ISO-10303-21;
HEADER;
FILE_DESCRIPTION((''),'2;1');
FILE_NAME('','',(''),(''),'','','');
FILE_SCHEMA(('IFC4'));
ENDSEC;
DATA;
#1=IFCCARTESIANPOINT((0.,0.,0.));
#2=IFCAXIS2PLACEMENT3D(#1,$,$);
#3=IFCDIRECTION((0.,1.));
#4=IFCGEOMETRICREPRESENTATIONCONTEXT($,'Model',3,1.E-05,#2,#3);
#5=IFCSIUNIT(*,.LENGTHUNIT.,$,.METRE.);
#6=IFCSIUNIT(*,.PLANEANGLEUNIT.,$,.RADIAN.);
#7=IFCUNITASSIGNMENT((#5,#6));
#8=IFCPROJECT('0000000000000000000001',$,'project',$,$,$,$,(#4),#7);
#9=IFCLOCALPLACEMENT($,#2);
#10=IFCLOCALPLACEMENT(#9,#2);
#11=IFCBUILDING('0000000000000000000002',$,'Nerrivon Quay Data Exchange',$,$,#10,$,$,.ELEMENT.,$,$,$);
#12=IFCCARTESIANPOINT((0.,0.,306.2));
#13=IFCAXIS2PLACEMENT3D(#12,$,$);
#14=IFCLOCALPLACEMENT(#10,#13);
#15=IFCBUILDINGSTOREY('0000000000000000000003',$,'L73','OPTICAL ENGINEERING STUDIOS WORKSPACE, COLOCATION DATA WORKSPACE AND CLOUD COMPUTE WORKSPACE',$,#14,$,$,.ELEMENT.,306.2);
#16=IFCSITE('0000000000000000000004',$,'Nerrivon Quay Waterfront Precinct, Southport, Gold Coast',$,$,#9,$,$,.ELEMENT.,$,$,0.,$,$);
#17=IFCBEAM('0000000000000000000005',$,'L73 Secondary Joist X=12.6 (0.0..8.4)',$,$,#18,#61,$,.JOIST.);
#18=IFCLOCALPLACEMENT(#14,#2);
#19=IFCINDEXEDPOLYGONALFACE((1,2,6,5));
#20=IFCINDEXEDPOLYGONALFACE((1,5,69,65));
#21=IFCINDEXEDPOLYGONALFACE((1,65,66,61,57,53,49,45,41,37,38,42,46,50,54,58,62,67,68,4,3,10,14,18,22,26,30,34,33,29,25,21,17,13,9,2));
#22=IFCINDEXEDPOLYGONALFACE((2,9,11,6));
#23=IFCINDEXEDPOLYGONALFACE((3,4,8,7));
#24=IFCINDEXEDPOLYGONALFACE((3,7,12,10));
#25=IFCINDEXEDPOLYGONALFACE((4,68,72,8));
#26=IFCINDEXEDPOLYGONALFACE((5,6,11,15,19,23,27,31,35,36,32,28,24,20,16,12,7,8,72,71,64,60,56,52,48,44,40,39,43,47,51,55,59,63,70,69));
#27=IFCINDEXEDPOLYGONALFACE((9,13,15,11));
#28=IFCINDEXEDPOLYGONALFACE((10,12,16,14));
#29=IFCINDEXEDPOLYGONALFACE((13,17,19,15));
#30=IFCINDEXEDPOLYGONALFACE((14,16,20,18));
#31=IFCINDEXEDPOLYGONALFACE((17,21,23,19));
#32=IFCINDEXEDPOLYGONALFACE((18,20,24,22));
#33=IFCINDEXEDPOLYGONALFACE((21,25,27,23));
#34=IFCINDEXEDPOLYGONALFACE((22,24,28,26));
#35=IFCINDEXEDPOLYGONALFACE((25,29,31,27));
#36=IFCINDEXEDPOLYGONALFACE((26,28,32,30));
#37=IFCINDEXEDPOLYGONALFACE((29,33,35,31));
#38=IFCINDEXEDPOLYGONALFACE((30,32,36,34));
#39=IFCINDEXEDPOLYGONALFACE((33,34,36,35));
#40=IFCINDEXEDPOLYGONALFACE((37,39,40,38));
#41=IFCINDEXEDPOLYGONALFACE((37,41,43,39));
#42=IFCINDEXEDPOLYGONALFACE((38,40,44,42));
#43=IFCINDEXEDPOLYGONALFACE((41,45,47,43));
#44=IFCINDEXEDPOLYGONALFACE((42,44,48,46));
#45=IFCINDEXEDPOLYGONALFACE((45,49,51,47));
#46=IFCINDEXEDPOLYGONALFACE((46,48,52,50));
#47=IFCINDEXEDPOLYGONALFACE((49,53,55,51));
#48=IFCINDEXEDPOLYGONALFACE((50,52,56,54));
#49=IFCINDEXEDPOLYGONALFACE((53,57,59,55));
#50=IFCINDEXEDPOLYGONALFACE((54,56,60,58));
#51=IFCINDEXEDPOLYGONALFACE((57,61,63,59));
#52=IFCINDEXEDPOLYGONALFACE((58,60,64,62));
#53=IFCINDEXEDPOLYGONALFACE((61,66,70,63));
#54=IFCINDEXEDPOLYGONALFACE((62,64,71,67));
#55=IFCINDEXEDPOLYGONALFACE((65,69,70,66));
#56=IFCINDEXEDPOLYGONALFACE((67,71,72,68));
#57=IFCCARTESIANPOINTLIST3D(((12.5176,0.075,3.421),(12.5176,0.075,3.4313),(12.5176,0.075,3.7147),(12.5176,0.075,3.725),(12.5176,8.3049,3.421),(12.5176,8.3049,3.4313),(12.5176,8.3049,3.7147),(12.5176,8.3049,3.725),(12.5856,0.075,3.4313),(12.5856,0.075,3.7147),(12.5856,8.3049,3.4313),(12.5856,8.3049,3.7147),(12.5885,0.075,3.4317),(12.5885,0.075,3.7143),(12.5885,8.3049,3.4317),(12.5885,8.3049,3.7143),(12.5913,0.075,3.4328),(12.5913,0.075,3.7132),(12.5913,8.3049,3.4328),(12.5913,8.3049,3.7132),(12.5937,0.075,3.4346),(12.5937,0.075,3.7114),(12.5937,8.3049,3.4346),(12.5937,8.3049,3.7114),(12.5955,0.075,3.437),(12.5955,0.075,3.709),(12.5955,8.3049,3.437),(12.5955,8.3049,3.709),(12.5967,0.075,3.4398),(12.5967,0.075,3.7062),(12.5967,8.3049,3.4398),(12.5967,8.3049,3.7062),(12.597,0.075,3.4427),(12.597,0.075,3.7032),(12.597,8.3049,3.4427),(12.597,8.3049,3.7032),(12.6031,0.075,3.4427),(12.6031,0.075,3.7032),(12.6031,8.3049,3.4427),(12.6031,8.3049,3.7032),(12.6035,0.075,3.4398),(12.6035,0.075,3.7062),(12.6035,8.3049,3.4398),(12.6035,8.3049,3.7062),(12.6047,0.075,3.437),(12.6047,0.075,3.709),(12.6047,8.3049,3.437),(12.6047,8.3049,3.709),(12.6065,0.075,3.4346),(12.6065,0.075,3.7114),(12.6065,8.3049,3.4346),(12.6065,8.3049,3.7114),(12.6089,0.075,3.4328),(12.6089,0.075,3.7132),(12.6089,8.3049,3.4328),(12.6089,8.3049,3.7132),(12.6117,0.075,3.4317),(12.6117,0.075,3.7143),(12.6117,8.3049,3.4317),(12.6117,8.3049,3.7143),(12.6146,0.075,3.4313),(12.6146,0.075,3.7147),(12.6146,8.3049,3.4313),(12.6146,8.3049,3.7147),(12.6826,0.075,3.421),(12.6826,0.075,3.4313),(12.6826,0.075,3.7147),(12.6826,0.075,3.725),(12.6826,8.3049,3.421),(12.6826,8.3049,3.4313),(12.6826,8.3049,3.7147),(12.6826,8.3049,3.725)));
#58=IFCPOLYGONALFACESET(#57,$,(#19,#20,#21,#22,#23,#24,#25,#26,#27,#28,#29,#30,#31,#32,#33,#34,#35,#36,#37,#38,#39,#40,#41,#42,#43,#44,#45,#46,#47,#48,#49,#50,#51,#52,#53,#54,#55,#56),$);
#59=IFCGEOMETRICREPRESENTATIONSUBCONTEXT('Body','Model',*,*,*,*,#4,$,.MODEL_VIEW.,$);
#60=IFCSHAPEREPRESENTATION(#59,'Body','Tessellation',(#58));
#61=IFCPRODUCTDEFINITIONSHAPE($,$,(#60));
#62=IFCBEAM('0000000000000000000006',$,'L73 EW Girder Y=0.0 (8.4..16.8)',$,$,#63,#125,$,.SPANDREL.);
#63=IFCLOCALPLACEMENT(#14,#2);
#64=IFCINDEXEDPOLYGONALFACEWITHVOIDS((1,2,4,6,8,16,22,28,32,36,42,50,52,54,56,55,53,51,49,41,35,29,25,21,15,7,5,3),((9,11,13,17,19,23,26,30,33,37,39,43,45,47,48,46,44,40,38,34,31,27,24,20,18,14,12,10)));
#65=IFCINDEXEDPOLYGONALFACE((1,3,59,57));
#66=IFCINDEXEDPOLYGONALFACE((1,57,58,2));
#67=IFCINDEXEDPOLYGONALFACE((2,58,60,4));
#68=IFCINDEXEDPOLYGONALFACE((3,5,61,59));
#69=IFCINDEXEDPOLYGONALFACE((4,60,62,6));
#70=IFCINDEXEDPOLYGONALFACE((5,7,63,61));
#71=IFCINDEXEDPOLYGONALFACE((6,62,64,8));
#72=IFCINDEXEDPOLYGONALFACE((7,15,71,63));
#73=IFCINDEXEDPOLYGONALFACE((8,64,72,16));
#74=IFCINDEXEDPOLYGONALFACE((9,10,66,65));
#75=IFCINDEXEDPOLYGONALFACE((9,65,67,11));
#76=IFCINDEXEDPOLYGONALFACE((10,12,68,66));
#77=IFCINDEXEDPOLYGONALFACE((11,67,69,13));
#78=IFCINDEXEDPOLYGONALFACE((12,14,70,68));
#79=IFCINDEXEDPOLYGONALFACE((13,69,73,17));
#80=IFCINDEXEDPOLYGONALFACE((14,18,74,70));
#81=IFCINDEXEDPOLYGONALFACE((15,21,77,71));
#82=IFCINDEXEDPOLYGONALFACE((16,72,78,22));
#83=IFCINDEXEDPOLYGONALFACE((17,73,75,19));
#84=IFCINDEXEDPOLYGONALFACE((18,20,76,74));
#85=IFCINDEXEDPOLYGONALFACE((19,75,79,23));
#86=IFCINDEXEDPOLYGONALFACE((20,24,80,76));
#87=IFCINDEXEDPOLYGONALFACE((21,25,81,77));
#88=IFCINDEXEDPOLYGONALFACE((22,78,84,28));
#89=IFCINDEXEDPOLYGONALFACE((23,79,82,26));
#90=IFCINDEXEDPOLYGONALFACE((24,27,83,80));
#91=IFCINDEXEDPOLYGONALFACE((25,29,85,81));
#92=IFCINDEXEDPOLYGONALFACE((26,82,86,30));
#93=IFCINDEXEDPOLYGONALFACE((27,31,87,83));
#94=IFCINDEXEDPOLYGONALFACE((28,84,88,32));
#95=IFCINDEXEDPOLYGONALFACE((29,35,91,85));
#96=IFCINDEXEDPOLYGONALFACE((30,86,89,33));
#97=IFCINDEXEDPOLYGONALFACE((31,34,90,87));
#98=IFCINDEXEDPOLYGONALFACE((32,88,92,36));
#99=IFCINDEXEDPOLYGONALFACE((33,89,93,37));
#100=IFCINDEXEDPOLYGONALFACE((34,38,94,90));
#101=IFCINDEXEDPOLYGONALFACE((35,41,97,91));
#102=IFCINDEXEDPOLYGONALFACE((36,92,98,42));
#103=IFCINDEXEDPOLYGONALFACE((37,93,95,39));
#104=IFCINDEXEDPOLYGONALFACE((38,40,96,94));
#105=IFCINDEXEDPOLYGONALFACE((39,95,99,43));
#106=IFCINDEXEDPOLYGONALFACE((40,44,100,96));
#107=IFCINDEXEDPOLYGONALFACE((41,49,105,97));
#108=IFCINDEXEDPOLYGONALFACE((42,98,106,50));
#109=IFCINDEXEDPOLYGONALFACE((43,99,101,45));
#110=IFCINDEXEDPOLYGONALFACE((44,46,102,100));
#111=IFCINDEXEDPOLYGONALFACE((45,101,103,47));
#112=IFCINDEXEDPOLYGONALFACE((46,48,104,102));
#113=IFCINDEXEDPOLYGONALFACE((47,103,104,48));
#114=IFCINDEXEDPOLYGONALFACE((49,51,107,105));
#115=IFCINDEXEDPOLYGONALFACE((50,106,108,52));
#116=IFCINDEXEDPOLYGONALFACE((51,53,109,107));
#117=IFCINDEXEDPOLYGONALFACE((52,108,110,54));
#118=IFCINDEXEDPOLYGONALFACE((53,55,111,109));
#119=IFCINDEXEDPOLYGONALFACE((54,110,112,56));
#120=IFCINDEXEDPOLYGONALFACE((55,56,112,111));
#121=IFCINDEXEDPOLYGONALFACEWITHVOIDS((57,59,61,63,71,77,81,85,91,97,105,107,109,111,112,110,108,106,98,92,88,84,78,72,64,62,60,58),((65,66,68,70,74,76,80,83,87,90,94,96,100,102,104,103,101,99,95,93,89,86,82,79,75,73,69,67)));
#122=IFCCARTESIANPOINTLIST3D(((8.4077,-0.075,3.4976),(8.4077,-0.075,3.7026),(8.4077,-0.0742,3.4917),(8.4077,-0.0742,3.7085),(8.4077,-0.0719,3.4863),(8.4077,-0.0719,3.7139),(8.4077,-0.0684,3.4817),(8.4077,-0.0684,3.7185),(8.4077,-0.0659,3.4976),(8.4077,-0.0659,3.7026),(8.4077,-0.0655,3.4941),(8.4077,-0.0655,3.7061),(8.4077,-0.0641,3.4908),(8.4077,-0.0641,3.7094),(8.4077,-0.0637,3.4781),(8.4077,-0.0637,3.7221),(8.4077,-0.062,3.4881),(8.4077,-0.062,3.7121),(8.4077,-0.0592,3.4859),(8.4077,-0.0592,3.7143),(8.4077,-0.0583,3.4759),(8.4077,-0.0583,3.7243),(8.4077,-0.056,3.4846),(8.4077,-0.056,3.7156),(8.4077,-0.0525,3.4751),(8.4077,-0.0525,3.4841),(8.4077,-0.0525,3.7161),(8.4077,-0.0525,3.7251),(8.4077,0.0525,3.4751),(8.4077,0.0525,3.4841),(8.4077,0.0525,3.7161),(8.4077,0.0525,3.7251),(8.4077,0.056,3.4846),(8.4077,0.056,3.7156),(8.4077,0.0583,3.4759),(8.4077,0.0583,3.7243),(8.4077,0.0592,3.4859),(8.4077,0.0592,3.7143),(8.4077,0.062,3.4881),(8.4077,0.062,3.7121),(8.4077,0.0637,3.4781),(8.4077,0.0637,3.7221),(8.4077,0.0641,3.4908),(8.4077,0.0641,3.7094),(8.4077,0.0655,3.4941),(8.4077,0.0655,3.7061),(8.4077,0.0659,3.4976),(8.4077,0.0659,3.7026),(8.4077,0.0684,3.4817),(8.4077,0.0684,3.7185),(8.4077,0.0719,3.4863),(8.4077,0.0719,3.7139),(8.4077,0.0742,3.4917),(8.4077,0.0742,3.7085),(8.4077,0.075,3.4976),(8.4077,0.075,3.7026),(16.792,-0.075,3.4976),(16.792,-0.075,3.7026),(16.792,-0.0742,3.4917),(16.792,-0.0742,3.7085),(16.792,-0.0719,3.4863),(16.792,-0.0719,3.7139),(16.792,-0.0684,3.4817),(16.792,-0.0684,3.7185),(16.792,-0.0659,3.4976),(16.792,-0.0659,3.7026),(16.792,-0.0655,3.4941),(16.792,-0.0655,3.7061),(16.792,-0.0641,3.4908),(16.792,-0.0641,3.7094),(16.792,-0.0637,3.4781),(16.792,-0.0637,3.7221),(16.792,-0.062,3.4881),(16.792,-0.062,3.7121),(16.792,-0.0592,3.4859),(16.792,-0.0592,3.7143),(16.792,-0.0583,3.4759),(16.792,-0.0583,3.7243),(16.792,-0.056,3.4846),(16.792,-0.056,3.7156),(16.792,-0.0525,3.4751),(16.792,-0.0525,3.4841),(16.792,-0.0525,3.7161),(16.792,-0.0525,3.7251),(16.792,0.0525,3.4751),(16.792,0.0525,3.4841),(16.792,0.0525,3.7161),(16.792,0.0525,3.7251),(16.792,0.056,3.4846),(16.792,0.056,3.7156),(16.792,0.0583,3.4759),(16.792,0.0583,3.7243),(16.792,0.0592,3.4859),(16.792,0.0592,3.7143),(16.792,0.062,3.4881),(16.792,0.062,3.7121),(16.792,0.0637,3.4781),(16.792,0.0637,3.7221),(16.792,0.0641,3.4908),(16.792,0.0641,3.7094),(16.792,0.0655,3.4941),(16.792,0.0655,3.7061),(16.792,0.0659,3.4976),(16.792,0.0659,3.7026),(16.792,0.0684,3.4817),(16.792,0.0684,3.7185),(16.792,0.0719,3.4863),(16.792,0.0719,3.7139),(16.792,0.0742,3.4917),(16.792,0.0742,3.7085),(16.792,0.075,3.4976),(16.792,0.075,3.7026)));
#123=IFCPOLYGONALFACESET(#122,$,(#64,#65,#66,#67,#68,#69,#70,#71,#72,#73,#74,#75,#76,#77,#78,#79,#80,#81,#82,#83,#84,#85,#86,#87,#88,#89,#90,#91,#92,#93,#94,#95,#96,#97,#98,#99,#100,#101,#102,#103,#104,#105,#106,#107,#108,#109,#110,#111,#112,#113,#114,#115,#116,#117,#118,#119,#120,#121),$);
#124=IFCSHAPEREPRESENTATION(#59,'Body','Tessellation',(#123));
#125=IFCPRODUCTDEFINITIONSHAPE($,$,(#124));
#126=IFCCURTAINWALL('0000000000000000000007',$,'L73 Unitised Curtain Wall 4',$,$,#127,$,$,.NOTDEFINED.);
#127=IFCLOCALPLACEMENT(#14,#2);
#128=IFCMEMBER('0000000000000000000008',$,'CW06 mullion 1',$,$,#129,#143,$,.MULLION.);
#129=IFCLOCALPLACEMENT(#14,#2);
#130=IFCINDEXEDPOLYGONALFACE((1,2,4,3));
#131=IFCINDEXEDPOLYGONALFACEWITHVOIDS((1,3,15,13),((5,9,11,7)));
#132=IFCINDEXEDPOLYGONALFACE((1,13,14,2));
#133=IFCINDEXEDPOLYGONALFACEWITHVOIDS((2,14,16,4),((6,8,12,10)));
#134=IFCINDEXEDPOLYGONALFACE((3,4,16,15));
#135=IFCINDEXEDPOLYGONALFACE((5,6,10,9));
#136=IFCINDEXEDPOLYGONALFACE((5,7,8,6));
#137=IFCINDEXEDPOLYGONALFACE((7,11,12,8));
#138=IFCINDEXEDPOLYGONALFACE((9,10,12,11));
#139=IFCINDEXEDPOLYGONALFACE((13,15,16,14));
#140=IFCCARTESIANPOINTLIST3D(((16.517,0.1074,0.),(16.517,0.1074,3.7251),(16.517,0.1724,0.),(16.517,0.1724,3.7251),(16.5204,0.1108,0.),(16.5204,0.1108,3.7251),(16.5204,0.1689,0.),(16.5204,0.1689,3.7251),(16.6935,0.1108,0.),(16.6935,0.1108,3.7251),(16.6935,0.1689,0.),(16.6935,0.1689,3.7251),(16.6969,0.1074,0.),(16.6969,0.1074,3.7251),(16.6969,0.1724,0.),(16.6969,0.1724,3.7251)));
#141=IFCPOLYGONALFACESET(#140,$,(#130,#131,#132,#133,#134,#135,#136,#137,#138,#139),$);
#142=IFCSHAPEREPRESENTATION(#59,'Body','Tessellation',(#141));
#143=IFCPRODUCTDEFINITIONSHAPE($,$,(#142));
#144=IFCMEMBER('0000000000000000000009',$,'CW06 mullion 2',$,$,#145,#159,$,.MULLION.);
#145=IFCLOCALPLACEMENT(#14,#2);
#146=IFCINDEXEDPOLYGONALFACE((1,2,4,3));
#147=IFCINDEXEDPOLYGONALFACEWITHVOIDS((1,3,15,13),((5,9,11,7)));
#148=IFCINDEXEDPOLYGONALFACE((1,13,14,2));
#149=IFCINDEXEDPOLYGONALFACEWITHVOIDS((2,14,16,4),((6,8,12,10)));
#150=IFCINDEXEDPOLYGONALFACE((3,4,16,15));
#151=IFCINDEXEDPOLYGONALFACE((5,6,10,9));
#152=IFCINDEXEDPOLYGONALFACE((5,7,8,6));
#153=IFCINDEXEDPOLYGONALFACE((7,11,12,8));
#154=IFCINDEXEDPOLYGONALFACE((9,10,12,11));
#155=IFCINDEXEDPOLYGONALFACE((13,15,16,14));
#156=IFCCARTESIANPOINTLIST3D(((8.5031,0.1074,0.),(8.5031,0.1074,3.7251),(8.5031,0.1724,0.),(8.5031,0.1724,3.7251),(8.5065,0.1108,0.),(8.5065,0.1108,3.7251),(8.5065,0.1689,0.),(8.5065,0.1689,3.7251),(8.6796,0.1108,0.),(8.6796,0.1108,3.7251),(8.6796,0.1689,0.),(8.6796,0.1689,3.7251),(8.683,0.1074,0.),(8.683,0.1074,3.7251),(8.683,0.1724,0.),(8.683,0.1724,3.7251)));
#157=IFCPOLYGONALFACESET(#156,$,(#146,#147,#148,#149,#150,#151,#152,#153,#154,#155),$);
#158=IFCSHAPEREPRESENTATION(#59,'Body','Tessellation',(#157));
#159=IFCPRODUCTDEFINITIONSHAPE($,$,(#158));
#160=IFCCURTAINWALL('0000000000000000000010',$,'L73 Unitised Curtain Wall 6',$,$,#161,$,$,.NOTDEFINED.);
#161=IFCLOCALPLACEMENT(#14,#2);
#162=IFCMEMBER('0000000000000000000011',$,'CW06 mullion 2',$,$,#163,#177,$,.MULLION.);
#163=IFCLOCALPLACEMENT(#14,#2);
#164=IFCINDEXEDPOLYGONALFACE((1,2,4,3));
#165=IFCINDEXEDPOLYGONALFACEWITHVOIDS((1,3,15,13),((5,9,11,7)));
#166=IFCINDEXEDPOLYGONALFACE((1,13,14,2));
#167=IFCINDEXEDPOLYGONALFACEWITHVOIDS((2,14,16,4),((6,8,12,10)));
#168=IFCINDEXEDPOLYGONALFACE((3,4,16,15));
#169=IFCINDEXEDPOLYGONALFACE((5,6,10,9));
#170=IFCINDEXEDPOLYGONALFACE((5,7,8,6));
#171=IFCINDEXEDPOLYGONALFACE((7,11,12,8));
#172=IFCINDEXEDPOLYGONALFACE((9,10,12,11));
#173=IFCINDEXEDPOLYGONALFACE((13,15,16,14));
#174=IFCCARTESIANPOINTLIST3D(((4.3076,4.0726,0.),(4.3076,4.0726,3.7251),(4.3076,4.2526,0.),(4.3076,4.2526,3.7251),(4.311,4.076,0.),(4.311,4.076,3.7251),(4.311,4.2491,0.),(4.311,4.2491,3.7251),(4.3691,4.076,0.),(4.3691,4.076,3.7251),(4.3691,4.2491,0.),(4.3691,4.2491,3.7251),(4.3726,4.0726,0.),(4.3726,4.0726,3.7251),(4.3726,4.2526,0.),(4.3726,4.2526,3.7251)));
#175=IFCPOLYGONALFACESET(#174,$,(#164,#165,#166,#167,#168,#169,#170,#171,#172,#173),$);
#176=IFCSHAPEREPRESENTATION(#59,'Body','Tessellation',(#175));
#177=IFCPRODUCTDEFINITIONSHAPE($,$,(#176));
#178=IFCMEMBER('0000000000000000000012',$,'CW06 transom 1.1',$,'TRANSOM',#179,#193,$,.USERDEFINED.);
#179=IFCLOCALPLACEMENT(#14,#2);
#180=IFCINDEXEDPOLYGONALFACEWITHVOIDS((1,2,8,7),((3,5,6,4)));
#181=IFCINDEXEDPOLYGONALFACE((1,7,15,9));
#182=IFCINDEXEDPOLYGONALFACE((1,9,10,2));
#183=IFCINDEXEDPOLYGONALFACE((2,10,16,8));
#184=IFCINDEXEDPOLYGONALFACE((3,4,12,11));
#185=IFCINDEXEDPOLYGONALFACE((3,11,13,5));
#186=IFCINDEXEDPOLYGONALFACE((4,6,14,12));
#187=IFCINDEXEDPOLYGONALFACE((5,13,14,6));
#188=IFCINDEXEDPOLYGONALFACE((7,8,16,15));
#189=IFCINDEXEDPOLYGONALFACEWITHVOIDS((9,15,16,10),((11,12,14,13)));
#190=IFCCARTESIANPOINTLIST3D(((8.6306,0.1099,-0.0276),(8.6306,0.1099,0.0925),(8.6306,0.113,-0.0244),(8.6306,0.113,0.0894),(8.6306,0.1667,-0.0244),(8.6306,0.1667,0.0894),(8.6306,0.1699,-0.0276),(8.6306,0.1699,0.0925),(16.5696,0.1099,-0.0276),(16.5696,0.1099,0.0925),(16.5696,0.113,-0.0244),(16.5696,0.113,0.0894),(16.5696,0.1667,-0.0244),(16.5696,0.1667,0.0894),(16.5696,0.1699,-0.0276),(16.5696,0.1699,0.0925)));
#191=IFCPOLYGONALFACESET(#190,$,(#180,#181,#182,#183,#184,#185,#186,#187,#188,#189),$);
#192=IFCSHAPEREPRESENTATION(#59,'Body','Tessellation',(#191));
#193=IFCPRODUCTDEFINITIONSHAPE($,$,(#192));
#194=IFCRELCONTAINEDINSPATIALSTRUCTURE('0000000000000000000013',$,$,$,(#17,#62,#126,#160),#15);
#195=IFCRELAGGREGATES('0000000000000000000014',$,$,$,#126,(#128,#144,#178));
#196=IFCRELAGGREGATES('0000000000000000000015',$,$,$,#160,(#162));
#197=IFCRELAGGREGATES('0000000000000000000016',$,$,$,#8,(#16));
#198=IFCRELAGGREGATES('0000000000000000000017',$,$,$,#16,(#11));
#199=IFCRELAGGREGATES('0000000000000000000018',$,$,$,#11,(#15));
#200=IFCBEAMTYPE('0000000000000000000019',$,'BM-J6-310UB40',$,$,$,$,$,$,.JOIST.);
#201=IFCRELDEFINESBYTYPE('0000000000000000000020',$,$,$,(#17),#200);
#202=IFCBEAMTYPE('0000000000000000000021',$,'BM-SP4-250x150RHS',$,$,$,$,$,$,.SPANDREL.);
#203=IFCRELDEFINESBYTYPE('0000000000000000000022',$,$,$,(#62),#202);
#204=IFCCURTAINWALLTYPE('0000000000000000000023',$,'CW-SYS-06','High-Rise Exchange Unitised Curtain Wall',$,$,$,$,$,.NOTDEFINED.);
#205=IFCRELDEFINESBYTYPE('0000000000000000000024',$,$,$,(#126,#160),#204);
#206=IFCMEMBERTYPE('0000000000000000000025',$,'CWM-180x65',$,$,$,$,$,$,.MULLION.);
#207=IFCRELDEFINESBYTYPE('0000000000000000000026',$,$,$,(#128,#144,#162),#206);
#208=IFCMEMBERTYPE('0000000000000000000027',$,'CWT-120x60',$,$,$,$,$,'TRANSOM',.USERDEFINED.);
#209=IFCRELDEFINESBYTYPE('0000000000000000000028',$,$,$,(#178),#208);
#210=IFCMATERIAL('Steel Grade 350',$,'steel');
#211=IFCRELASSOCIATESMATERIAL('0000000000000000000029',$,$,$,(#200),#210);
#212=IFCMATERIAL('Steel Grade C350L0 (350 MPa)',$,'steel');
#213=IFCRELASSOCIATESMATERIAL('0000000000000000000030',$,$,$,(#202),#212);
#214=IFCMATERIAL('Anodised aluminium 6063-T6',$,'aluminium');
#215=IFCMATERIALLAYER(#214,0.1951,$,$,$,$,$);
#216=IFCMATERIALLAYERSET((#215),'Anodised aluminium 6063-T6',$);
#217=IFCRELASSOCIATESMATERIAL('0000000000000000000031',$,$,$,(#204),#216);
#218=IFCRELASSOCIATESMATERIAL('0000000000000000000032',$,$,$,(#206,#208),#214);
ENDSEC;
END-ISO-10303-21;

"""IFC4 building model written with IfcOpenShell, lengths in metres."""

from ifc_helpers import new_model, si_unit, direction, frame, origin, origin_2d, place, context, subcontext, project, spatial, hollow_rectangle, i_section, extrude, material, layer, layer_set, material_profile, profile_set, type_object, element, aggregate, save


model = new_model("IFC4")

# Units and contexts
model_context = context("Model", 3, precision=1e-05, world=origin(), true_north=direction((0.0, 1.0)))
body_context = subcontext(model_context, "Body", "Model", "MODEL_VIEW")
ifc_project = project(units=[si_unit("LENGTHUNIT", "METRE"), si_unit("PLANEANGLEUNIT", "RADIAN")], contexts=[model_context])

# Site, building, storey
site_placement = place(None, origin())
site = spatial("IfcSite", under=ifc_project, at=site_placement, Name="Nerrivon Quay Waterfront Precinct, Southport, Gold Coast", CompositionType="ELEMENT", RefElevation=0.0)
building_placement = place(site_placement, origin())
building = spatial("IfcBuilding", under=site, at=building_placement, Name="Nerrivon Quay Data Exchange", CompositionType="ELEMENT")
storey_placement = place(building_placement, frame((0.0, 0.0, 306.2)))
storey = spatial("IfcBuildingStorey", under=building, at=storey_placement, Name="L73", Description="OPTICAL ENGINEERING STUDIOS WORKSPACE, COLOCATION DATA WORKSPACE AND CLOUD COMPUTE WORKSPACE", CompositionType="ELEMENT", Elevation=306.2)

# Shared definitions
ifc_material_1 = material(Name="Steel Grade 350", Category="steel")

# Beams
ifc_material_profile_1 = material_profile(ifc_material_1, i_section(OverallWidth=0.165, OverallDepth=0.304, WebThickness=0.0061, FlangeThickness=0.0103, FilletRadius=0.0115, at=origin_2d()), Name="310UB40.4")
ifc_profile_set_1 = profile_set([ifc_material_profile_1], Name="Steel Grade 350")
beam_type_1 = type_object("IfcBeamType", Name="BM-J6-310UB40", PredefinedType="JOIST", material=ifc_profile_set_1)
beam_1_placement = place(storey_placement, frame((12.6001, 0.075, 3.573), z_axis=(0.0, 1.0, 0.0), x_axis=(-1.0, 0.0, 0.0)))
element("IfcBeam", 1, at=beam_1_placement, inside=storey, type_object=beam_type_1, Name="L73 Secondary Joist X=12.6 (0.0..8.4)", PredefinedType="JOIST", context=body_context, shape_type="SweptSolid", body=[
    extrude(i_section(OverallWidth=0.165, OverallDepth=0.304, WebThickness=0.0061, FlangeThickness=0.0103, FilletRadius=0.0115, at=origin_2d()), origin(), (0.0, 0.0, 1.0), 8.23),
])
ifc_material_2 = material(Name="Steel Grade C350L0 (350 MPa)", Category="steel")
ifc_material_profile_2 = material_profile(ifc_material_2, hollow_rectangle(XDim=0.1499, YDim=0.25, WallThickness=0.009, InnerFilletRadius=0.0134, OuterFilletRadius=0.0225, at=origin_2d()), Name="250x150x9.0RHS")
ifc_profile_set_2 = profile_set([ifc_material_profile_2], Name="Steel Grade C350L0 (350 MPa)")
beam_type_2 = type_object("IfcBeamType", Name="BM-SP4-250x150RHS", PredefinedType="SPANDREL", material=ifc_profile_set_2)
beam_2_placement = place(storey_placement, frame((8.4077, 0.0, 3.6001), z_axis=(1.0, 0.0, 0.0), x_axis=(0.0, 1.0, 0.0)))
element("IfcBeam", 2, at=beam_2_placement, inside=storey, type_object=beam_type_2, Name="L73 EW Girder Y=0.0 (8.4..16.8)", PredefinedType="SPANDREL", context=body_context, shape_type="SweptSolid", body=[
    extrude(hollow_rectangle(XDim=0.1499, YDim=0.25, WallThickness=0.009, InnerFilletRadius=0.0134, OuterFilletRadius=0.0225, at=origin_2d()), origin(), (0.0, 0.0, 1.0), 8.3843),
])

# Curtain wall, members
ifc_material_3 = material(Name="Anodised aluminium 6063-T6", Category="aluminium")
ifc_layer_1 = layer(ifc_material_3, 0.1951)
ifc_layer_set_1 = layer_set([ifc_layer_1], Name="Anodised aluminium 6063-T6")
curtain_wall_type = type_object("IfcCurtainWallType", Name="CW-SYS-06", Description="High-Rise Exchange Unitised Curtain Wall", PredefinedType="NOTDEFINED", material=ifc_layer_set_1)
curtain_wall_1_placement = place(storey_placement, origin())
curtain_wall_1 = element("IfcCurtainWall", 3, at=curtain_wall_1_placement, inside=storey, type_object=curtain_wall_type, Name="L73 Unitised Curtain Wall 4", PredefinedType="NOTDEFINED")
ifc_material_profile_3 = material_profile(ifc_material_3, hollow_rectangle(XDim=0.0649, YDim=0.1799, WallThickness=0.0034, at=origin_2d()), Name="ALU-MULL-180x65")
ifc_profile_set_3 = profile_set([ifc_material_profile_3], Name="Anodised aluminium 6063-T6")
member_type_1 = type_object("IfcMemberType", Name="CWM-180x65", PredefinedType="MULLION", material=ifc_profile_set_3)
member_1_placement = place(storey_placement, frame((16.6069, 0.1399, 0.0), z_axis=(0.0, 0.0, 1.0), x_axis=(0.0, -1.0, 0.0)))
member_1 = element("IfcMember", 4, at=member_1_placement, type_object=member_type_1, Name="CW06 mullion 1", PredefinedType="MULLION", context=body_context, shape_type="SweptSolid", body=[
    extrude(hollow_rectangle(XDim=0.0649, YDim=0.1799, WallThickness=0.0034, at=origin_2d()), origin(), (0.0, 0.0, 1.0), 3.7251),
])
member_2_placement = place(storey_placement, frame((8.593, 0.1399, 0.0), z_axis=(0.0, 0.0, 1.0), x_axis=(0.0, -1.0, 0.0)))
member_2 = element("IfcMember", 5, at=member_2_placement, type_object=member_type_1, Name="CW06 mullion 2", PredefinedType="MULLION", context=body_context, shape_type="SweptSolid", body=[
    extrude(hollow_rectangle(XDim=0.0649, YDim=0.1799, WallThickness=0.0034, at=origin_2d()), origin(), (0.0, 0.0, 1.0), 3.7251),
])

# Curtain wall, member
curtain_wall_2_placement = place(storey_placement, origin())
curtain_wall_2 = element("IfcCurtainWall", 6, at=curtain_wall_2_placement, inside=storey, type_object=curtain_wall_type, Name="L73 Unitised Curtain Wall 6", PredefinedType="NOTDEFINED")
member_3_placement = place(storey_placement, frame((4.3401, 4.1626, 0.0), z_axis=(0.0, 0.0, 1.0), x_axis=(-1.0, 0.0, 0.0)))
member_3 = element("IfcMember", 7, at=member_3_placement, type_object=member_type_1, Name="CW06 mullion 2", PredefinedType="MULLION", context=body_context, shape_type="SweptSolid", body=[
    extrude(hollow_rectangle(XDim=0.0649, YDim=0.1799, WallThickness=0.0034, at=origin_2d()), origin(), (0.0, 0.0, 1.0), 3.7251),
])

# Member
ifc_material_profile_4 = material_profile(ifc_material_3, hollow_rectangle(XDim=0.0601, YDim=0.1201, WallThickness=0.0032, at=origin_2d()), Name="ALU-TRAN-120x60")
ifc_profile_set_4 = profile_set([ifc_material_profile_4], Name="Anodised aluminium 6063-T6")
member_type_2 = type_object("IfcMemberType", Name="CWT-120x60", ElementType="TRANSOM", PredefinedType="USERDEFINED", material=ifc_profile_set_4)
member_4_placement = place(storey_placement, frame((16.5696, 0.1399, 0.0325), z_axis=(-1.0, 0.0, 0.0), x_axis=(0.0, -1.0, 0.0)))
member_4 = element("IfcMember", 8, at=member_4_placement, type_object=member_type_2, Name="CW06 transom 1.1", ObjectType="TRANSOM", PredefinedType="USERDEFINED", context=body_context, shape_type="SweptSolid", body=[
    extrude(hollow_rectangle(XDim=0.0601, YDim=0.1201, WallThickness=0.0032, at=origin_2d()), origin(), (0.0, 0.0, 1.0), 7.939),
])

aggregate(curtain_wall_1, [member_1, member_2, member_4])
aggregate(curtain_wall_2, [member_3])

save(model, "model.ifc")
